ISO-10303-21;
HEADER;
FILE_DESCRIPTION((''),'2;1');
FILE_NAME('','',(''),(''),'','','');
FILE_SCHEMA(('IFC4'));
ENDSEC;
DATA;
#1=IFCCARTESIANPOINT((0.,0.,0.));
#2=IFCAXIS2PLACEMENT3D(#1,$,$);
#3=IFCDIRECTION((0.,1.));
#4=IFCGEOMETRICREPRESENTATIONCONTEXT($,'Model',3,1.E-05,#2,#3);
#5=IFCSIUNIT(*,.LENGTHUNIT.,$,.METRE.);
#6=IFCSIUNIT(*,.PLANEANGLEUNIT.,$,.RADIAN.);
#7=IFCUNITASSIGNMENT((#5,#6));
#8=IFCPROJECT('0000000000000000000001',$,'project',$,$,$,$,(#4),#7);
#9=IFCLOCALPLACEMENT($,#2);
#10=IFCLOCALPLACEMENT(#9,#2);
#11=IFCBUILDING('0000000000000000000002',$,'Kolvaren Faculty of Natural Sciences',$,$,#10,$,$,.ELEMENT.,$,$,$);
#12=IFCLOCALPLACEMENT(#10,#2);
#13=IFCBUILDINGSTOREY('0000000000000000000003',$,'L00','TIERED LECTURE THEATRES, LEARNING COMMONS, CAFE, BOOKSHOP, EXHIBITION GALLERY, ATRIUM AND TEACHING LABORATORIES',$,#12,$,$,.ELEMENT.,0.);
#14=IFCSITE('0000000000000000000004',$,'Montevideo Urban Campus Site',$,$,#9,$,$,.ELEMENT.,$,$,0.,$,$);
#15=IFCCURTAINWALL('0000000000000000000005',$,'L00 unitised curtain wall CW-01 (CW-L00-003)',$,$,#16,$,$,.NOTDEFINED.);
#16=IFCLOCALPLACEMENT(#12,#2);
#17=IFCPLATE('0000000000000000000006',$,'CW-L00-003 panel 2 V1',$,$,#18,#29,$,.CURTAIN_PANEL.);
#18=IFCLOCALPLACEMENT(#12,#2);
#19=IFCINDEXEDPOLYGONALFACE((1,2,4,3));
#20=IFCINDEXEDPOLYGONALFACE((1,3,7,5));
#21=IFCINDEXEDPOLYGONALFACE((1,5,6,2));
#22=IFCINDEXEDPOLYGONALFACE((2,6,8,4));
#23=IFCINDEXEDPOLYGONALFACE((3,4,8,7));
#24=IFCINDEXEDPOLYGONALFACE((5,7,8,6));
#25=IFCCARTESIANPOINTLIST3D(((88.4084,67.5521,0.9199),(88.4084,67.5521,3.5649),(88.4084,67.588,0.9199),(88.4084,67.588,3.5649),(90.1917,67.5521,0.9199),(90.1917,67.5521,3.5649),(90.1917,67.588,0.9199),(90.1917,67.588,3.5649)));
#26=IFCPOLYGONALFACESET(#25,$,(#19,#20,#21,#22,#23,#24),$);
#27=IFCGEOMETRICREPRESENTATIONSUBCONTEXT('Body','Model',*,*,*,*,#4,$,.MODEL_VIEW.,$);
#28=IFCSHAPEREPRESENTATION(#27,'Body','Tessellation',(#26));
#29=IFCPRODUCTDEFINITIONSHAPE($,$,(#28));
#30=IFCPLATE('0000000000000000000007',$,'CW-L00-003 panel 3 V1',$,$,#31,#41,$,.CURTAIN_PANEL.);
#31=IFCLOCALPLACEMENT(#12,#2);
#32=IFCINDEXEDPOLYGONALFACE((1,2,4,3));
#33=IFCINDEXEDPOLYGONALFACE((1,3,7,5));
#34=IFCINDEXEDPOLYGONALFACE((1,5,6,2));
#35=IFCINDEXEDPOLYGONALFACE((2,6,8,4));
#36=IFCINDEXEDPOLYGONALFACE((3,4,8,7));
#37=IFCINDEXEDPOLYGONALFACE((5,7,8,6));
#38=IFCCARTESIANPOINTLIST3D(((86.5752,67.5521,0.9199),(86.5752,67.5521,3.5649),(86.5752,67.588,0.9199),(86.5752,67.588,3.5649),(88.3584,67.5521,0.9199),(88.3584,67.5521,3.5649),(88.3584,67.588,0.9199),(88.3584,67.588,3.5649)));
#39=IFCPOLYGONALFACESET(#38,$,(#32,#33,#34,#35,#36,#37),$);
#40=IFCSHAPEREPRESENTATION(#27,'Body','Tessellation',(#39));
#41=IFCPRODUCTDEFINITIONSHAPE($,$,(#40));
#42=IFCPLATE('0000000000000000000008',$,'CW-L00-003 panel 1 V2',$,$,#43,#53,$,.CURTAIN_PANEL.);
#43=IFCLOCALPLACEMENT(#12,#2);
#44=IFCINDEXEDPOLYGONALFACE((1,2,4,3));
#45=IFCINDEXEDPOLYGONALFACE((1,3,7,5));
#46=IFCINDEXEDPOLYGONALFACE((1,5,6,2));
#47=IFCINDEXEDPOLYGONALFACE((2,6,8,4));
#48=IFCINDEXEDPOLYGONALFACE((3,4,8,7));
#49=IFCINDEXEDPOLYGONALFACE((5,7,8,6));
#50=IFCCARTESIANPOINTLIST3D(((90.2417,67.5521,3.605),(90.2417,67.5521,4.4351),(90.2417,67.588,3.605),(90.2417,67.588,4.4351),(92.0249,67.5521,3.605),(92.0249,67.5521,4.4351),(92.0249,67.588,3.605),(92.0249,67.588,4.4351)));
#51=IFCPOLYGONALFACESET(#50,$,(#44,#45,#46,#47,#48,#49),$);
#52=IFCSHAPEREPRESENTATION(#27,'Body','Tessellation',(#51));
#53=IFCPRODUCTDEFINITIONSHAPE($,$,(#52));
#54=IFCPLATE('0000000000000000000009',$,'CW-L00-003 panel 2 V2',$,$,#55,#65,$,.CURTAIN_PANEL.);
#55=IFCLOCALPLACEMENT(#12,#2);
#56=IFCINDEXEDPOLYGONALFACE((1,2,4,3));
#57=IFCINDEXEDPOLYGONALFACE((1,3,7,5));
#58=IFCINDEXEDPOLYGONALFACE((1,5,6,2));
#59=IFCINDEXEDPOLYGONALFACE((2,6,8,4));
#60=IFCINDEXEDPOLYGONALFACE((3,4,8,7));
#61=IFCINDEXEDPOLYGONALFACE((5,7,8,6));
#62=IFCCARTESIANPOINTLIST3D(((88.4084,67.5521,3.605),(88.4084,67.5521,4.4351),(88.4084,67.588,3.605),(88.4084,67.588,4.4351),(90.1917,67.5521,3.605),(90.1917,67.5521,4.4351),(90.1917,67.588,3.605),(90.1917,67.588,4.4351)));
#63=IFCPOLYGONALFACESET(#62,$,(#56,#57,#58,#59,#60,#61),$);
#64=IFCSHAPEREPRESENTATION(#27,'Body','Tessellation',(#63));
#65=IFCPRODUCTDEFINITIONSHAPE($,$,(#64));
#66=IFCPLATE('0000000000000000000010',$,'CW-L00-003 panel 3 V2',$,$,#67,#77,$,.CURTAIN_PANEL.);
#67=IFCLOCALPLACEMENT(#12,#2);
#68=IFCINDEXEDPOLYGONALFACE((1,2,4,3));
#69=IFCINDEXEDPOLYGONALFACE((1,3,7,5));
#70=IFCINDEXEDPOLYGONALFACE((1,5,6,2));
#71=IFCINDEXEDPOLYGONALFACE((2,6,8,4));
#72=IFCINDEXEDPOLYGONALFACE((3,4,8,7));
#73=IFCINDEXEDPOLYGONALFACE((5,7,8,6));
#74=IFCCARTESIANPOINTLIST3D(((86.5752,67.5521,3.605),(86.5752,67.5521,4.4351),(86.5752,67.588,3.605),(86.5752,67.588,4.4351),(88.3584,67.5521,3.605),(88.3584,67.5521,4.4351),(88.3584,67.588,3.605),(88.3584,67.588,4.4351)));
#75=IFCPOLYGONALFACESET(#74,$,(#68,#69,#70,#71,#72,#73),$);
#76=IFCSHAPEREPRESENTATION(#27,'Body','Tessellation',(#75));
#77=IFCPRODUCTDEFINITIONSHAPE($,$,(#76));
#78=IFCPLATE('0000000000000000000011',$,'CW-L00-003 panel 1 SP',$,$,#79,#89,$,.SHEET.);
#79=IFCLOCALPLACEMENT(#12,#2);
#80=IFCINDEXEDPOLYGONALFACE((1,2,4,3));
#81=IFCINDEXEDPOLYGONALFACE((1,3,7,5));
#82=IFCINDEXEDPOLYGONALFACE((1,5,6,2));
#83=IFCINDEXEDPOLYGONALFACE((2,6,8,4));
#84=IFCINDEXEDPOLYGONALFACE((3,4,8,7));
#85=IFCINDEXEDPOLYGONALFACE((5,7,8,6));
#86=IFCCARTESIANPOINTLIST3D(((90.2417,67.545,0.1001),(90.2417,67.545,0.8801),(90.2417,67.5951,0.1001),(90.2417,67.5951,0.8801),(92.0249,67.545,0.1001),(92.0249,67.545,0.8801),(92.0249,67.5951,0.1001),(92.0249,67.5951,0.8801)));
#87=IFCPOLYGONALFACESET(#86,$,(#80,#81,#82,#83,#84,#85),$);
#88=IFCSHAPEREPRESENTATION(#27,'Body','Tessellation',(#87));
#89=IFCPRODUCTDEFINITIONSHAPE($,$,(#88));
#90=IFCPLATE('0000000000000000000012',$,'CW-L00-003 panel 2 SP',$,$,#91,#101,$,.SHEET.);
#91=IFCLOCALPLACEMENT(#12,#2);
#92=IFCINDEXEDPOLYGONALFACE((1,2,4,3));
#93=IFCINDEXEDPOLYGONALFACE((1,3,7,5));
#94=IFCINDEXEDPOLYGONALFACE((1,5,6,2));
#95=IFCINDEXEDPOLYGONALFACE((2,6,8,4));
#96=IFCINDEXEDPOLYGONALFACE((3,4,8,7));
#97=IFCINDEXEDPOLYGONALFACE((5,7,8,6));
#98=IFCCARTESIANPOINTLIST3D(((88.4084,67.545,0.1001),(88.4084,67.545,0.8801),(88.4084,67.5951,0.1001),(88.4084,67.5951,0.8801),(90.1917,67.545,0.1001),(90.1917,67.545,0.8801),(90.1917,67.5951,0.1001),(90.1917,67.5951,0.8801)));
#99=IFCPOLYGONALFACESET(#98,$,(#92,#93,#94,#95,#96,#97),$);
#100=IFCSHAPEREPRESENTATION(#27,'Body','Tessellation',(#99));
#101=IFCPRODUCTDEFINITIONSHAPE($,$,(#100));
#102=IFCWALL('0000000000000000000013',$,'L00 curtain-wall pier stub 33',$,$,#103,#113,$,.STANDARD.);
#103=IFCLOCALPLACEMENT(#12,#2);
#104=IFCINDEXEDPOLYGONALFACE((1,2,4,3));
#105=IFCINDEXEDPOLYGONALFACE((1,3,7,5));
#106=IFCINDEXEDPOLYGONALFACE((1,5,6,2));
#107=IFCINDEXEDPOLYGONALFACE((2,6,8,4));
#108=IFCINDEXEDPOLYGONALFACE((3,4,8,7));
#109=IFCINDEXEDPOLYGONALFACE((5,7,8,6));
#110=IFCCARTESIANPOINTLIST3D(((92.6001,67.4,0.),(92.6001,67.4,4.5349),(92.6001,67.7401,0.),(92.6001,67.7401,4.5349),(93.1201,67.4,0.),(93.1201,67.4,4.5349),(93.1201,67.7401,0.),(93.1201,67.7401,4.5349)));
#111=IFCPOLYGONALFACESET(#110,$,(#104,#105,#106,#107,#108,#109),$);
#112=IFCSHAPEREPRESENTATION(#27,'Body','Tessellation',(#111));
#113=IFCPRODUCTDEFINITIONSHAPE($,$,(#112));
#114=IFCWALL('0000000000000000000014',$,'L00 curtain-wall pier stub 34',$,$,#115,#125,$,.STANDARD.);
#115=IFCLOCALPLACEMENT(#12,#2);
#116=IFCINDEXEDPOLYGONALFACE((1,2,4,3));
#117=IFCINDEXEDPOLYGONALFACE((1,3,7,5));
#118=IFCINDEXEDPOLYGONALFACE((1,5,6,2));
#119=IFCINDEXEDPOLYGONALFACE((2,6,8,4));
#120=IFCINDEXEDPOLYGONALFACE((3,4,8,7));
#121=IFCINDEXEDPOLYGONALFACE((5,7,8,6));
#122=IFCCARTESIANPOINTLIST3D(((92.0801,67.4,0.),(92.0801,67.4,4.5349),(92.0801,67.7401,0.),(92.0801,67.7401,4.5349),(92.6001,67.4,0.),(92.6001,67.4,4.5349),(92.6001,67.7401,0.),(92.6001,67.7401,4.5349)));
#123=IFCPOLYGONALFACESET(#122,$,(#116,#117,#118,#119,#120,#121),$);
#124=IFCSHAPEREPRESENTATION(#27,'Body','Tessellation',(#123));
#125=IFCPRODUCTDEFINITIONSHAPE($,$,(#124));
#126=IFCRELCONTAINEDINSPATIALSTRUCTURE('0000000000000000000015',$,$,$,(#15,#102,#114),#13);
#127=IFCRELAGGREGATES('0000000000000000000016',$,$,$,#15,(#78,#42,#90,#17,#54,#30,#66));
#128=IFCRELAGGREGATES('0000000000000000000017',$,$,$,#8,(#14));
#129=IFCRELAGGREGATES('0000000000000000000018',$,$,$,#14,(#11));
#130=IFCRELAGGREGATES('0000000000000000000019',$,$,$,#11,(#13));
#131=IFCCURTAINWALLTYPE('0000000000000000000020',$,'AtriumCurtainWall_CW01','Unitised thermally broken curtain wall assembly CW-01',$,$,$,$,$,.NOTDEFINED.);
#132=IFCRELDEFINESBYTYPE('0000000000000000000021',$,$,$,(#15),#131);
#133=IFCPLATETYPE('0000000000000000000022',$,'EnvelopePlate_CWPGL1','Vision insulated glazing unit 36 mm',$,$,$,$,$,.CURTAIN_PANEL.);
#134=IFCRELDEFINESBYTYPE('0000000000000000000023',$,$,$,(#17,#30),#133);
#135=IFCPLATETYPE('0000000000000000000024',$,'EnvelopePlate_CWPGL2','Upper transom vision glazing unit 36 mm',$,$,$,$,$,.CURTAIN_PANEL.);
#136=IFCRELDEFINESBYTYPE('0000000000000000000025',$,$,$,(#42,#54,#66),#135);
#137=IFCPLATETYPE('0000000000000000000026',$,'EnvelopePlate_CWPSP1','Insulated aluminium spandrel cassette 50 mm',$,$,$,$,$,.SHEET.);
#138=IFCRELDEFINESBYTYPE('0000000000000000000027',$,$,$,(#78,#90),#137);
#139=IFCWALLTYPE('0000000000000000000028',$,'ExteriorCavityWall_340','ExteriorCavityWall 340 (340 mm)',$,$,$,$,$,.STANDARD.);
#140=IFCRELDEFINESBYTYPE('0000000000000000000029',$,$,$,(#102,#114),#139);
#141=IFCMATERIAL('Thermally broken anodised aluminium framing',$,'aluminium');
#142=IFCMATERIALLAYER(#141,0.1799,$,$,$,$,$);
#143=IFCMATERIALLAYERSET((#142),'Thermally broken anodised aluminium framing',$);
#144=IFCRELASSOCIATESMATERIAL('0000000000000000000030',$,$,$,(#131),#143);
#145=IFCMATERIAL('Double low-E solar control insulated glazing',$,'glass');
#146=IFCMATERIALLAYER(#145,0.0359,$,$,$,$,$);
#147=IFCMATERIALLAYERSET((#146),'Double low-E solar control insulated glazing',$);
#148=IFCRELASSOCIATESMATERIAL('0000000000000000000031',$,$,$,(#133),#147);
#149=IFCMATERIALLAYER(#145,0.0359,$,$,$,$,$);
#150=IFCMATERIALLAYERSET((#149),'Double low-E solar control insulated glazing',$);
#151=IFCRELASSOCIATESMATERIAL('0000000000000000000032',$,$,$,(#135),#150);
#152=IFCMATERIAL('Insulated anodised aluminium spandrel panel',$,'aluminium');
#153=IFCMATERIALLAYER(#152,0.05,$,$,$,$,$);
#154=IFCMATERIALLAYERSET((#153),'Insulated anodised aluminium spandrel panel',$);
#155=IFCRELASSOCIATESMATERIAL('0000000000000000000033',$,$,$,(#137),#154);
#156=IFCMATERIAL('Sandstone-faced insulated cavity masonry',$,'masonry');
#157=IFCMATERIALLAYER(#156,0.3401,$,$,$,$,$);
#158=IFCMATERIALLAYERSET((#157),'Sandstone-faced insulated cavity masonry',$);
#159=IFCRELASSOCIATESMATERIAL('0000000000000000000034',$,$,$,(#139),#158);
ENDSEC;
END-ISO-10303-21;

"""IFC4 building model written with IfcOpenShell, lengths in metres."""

from ifc_helpers import new_model, si_unit, direction, frame, frame_2d, origin, origin_2d, place, context, subcontext, project, spatial, rectangle, extrude, material, layer, layer_set, type_object, element, aggregate, save


model = new_model("IFC4")

# Units and contexts
model_context = context("Model", 3, precision=1e-05, world=origin(), true_north=direction((0.0, 1.0)))
body_context = subcontext(model_context, "Body", "Model", "MODEL_VIEW")
ifc_project = project(units=[si_unit("LENGTHUNIT", "METRE"), si_unit("PLANEANGLEUNIT", "RADIAN")], contexts=[model_context])

# Site, building, storey
site_placement = place(None, origin())
site = spatial("IfcSite", under=ifc_project, at=site_placement, Name="Montevideo Urban Campus Site", CompositionType="ELEMENT", RefElevation=0.0)
building_placement = place(site_placement, origin())
building = spatial("IfcBuilding", under=site, at=building_placement, Name="Kolvaren Faculty of Natural Sciences", CompositionType="ELEMENT")
storey_placement = place(building_placement, origin())
storey = spatial("IfcBuildingStorey", under=building, at=storey_placement, Name="L00", Description="TIERED LECTURE THEATRES, LEARNING COMMONS, CAFE, BOOKSHOP, EXHIBITION GALLERY, ATRIUM AND TEACHING LABORATORIES", CompositionType="ELEMENT", Elevation=0.0)

# Shared definitions
ifc_material_1 = material(Name="Thermally broken anodised aluminium framing", Category="aluminium")
ifc_layer_1 = layer(ifc_material_1, 0.1799)
ifc_layer_set_1 = layer_set([ifc_layer_1], Name="Thermally broken anodised aluminium framing")
curtain_wall_type = type_object("IfcCurtainWallType", Name="AtriumCurtainWall_CW01", Description="Unitised thermally broken curtain wall assembly CW-01", PredefinedType="NOTDEFINED", material=ifc_layer_set_1)

# Curtain wall
curtain_wall_1_placement = place(storey_placement, origin())
curtain_wall_1 = element("IfcCurtainWall", 1, at=curtain_wall_1_placement, inside=storey, type_object=curtain_wall_type, Name="L00 unitised curtain wall CW-01 (CW-L00-003)", PredefinedType="NOTDEFINED")

# Plates
ifc_material_2 = material(Name="Double low-E solar control insulated glazing", Category="glass")
ifc_layer_2 = layer(ifc_material_2, 0.0359)
ifc_layer_set_2 = layer_set([ifc_layer_2], Name="Double low-E solar control insulated glazing")
plate_type_1 = type_object("IfcPlateType", Name="EnvelopePlate_CWPGL1", Description="Vision insulated glazing unit 36 mm", PredefinedType="CURTAIN_PANEL", material=ifc_layer_set_2)
plate_1_placement = place(storey_placement, frame((89.3, 67.5701, 0.9199), z_axis=(0.0, 0.0, 1.0), x_axis=(-1.0, 0.0, 0.0)))
plate_1 = element("IfcPlate", 2, at=plate_1_placement, type_object=plate_type_1, Name="CW-L00-003 panel 2 V1", PredefinedType="CURTAIN_PANEL", context=body_context, shape_type="SweptSolid", body=[
    extrude(rectangle(XDim=1.7832, YDim=0.0359, at=origin_2d()), origin(), (0.0, 0.0, 1.0), 2.645),
])
plate_2_placement = place(storey_placement, frame((87.4668, 67.5701, 0.9199), z_axis=(0.0, 0.0, 1.0), x_axis=(-1.0, 0.0, 0.0)))
plate_2 = element("IfcPlate", 3, at=plate_2_placement, type_object=plate_type_1, Name="CW-L00-003 panel 3 V1", PredefinedType="CURTAIN_PANEL", context=body_context, shape_type="SweptSolid", body=[
    extrude(rectangle(XDim=1.7832, YDim=0.0359, at=origin_2d()), origin(), (0.0, 0.0, 1.0), 2.645),
])
ifc_layer_3 = layer(ifc_material_2, 0.0359)
ifc_layer_set_3 = layer_set([ifc_layer_3], Name="Double low-E solar control insulated glazing")
plate_type_2 = type_object("IfcPlateType", Name="EnvelopePlate_CWPGL2", Description="Upper transom vision glazing unit 36 mm", PredefinedType="CURTAIN_PANEL", material=ifc_layer_set_3)
plate_3_placement = place(storey_placement, frame((91.1333, 67.5701, 3.605), z_axis=(0.0, 0.0, 1.0), x_axis=(-1.0, 0.0, 0.0)))
plate_3 = element("IfcPlate", 4, at=plate_3_placement, type_object=plate_type_2, Name="CW-L00-003 panel 1 V2", PredefinedType="CURTAIN_PANEL", context=body_context, shape_type="SweptSolid", body=[
    extrude(rectangle(XDim=1.7832, YDim=0.0359, at=origin_2d()), origin(), (0.0, 0.0, 1.0), 0.8301),
])
plate_4_placement = place(storey_placement, frame((89.3, 67.5701, 3.605), z_axis=(0.0, 0.0, 1.0), x_axis=(-1.0, 0.0, 0.0)))
plate_4 = element("IfcPlate", 5, at=plate_4_placement, type_object=plate_type_2, Name="CW-L00-003 panel 2 V2", PredefinedType="CURTAIN_PANEL", context=body_context, shape_type="SweptSolid", body=[
    extrude(rectangle(XDim=1.7832, YDim=0.0359, at=origin_2d()), origin(), (0.0, 0.0, 1.0), 0.8301),
])
plate_5_placement = place(storey_placement, frame((87.4668, 67.5701, 3.605), z_axis=(0.0, 0.0, 1.0), x_axis=(-1.0, 0.0, 0.0)))
plate_5 = element("IfcPlate", 6, at=plate_5_placement, type_object=plate_type_2, Name="CW-L00-003 panel 3 V2", PredefinedType="CURTAIN_PANEL", context=body_context, shape_type="SweptSolid", body=[
    extrude(rectangle(XDim=1.7832, YDim=0.0359, at=origin_2d()), origin(), (0.0, 0.0, 1.0), 0.8301),
])
ifc_material_3 = material(Name="Insulated anodised aluminium spandrel panel", Category="aluminium")
ifc_layer_4 = layer(ifc_material_3, 0.05)
ifc_layer_set_4 = layer_set([ifc_layer_4], Name="Insulated anodised aluminium spandrel panel")
plate_type_3 = type_object("IfcPlateType", Name="EnvelopePlate_CWPSP1", Description="Insulated aluminium spandrel cassette 50 mm", PredefinedType="SHEET", material=ifc_layer_set_4)
plate_6_placement = place(storey_placement, frame((91.1333, 67.5701, 0.1001), z_axis=(0.0, 0.0, 1.0), x_axis=(-1.0, 0.0, 0.0)))
plate_6 = element("IfcPlate", 7, at=plate_6_placement, type_object=plate_type_3, Name="CW-L00-003 panel 1 SP", PredefinedType="SHEET", context=body_context, shape_type="SweptSolid", body=[
    extrude(rectangle(XDim=1.7832, YDim=0.05, at=origin_2d()), origin(), (0.0, 0.0, 1.0), 0.78),
])
plate_7_placement = place(storey_placement, frame((89.3, 67.5701, 0.1001), z_axis=(0.0, 0.0, 1.0), x_axis=(-1.0, 0.0, 0.0)))
plate_7 = element("IfcPlate", 8, at=plate_7_placement, type_object=plate_type_3, Name="CW-L00-003 panel 2 SP", PredefinedType="SHEET", context=body_context, shape_type="SweptSolid", body=[
    extrude(rectangle(XDim=1.7832, YDim=0.05, at=origin_2d()), origin(), (0.0, 0.0, 1.0), 0.78),
])
aggregate(curtain_wall_1, [plate_6, plate_3, plate_7, plate_1, plate_4, plate_2, plate_5])

# Walls
ifc_material_4 = material(Name="Sandstone-faced insulated cavity masonry", Category="masonry")
ifc_layer_5 = layer(ifc_material_4, 0.3401)
ifc_layer_set_5 = layer_set([ifc_layer_5], Name="Sandstone-faced insulated cavity masonry")
wall_type = type_object("IfcWallType", Name="ExteriorCavityWall_340", Description="ExteriorCavityWall 340 (340 mm)", PredefinedType="STANDARD", material=ifc_layer_set_5)
for number, where, z_axis, x_axis, name in (
    (9, (93.1201, 67.5701, 0.0), (0.0, 0.0, 1.0), (-1.0, 0.0, 0.0), "L00 curtain-wall pier stub 33"),
    (10, (92.6001, 67.5701, 0.0), (0.0, 0.0, 1.0), (-1.0, 0.0, 0.0), "L00 curtain-wall pier stub 34"),
):
    element("IfcWall", number, at=place(storey_placement, frame(where, z_axis=z_axis, x_axis=x_axis)), inside=storey, type_object=wall_type, Name=name, PredefinedType="STANDARD", context=body_context, shape_type="SweptSolid", body=[
        extrude(rectangle(XDim=0.52, YDim=0.3401, at=frame_2d((0.26, 0.0))), origin(), (0.0, 0.0, 1.0), 4.5349),
    ])

save(model, "model.ifc")
